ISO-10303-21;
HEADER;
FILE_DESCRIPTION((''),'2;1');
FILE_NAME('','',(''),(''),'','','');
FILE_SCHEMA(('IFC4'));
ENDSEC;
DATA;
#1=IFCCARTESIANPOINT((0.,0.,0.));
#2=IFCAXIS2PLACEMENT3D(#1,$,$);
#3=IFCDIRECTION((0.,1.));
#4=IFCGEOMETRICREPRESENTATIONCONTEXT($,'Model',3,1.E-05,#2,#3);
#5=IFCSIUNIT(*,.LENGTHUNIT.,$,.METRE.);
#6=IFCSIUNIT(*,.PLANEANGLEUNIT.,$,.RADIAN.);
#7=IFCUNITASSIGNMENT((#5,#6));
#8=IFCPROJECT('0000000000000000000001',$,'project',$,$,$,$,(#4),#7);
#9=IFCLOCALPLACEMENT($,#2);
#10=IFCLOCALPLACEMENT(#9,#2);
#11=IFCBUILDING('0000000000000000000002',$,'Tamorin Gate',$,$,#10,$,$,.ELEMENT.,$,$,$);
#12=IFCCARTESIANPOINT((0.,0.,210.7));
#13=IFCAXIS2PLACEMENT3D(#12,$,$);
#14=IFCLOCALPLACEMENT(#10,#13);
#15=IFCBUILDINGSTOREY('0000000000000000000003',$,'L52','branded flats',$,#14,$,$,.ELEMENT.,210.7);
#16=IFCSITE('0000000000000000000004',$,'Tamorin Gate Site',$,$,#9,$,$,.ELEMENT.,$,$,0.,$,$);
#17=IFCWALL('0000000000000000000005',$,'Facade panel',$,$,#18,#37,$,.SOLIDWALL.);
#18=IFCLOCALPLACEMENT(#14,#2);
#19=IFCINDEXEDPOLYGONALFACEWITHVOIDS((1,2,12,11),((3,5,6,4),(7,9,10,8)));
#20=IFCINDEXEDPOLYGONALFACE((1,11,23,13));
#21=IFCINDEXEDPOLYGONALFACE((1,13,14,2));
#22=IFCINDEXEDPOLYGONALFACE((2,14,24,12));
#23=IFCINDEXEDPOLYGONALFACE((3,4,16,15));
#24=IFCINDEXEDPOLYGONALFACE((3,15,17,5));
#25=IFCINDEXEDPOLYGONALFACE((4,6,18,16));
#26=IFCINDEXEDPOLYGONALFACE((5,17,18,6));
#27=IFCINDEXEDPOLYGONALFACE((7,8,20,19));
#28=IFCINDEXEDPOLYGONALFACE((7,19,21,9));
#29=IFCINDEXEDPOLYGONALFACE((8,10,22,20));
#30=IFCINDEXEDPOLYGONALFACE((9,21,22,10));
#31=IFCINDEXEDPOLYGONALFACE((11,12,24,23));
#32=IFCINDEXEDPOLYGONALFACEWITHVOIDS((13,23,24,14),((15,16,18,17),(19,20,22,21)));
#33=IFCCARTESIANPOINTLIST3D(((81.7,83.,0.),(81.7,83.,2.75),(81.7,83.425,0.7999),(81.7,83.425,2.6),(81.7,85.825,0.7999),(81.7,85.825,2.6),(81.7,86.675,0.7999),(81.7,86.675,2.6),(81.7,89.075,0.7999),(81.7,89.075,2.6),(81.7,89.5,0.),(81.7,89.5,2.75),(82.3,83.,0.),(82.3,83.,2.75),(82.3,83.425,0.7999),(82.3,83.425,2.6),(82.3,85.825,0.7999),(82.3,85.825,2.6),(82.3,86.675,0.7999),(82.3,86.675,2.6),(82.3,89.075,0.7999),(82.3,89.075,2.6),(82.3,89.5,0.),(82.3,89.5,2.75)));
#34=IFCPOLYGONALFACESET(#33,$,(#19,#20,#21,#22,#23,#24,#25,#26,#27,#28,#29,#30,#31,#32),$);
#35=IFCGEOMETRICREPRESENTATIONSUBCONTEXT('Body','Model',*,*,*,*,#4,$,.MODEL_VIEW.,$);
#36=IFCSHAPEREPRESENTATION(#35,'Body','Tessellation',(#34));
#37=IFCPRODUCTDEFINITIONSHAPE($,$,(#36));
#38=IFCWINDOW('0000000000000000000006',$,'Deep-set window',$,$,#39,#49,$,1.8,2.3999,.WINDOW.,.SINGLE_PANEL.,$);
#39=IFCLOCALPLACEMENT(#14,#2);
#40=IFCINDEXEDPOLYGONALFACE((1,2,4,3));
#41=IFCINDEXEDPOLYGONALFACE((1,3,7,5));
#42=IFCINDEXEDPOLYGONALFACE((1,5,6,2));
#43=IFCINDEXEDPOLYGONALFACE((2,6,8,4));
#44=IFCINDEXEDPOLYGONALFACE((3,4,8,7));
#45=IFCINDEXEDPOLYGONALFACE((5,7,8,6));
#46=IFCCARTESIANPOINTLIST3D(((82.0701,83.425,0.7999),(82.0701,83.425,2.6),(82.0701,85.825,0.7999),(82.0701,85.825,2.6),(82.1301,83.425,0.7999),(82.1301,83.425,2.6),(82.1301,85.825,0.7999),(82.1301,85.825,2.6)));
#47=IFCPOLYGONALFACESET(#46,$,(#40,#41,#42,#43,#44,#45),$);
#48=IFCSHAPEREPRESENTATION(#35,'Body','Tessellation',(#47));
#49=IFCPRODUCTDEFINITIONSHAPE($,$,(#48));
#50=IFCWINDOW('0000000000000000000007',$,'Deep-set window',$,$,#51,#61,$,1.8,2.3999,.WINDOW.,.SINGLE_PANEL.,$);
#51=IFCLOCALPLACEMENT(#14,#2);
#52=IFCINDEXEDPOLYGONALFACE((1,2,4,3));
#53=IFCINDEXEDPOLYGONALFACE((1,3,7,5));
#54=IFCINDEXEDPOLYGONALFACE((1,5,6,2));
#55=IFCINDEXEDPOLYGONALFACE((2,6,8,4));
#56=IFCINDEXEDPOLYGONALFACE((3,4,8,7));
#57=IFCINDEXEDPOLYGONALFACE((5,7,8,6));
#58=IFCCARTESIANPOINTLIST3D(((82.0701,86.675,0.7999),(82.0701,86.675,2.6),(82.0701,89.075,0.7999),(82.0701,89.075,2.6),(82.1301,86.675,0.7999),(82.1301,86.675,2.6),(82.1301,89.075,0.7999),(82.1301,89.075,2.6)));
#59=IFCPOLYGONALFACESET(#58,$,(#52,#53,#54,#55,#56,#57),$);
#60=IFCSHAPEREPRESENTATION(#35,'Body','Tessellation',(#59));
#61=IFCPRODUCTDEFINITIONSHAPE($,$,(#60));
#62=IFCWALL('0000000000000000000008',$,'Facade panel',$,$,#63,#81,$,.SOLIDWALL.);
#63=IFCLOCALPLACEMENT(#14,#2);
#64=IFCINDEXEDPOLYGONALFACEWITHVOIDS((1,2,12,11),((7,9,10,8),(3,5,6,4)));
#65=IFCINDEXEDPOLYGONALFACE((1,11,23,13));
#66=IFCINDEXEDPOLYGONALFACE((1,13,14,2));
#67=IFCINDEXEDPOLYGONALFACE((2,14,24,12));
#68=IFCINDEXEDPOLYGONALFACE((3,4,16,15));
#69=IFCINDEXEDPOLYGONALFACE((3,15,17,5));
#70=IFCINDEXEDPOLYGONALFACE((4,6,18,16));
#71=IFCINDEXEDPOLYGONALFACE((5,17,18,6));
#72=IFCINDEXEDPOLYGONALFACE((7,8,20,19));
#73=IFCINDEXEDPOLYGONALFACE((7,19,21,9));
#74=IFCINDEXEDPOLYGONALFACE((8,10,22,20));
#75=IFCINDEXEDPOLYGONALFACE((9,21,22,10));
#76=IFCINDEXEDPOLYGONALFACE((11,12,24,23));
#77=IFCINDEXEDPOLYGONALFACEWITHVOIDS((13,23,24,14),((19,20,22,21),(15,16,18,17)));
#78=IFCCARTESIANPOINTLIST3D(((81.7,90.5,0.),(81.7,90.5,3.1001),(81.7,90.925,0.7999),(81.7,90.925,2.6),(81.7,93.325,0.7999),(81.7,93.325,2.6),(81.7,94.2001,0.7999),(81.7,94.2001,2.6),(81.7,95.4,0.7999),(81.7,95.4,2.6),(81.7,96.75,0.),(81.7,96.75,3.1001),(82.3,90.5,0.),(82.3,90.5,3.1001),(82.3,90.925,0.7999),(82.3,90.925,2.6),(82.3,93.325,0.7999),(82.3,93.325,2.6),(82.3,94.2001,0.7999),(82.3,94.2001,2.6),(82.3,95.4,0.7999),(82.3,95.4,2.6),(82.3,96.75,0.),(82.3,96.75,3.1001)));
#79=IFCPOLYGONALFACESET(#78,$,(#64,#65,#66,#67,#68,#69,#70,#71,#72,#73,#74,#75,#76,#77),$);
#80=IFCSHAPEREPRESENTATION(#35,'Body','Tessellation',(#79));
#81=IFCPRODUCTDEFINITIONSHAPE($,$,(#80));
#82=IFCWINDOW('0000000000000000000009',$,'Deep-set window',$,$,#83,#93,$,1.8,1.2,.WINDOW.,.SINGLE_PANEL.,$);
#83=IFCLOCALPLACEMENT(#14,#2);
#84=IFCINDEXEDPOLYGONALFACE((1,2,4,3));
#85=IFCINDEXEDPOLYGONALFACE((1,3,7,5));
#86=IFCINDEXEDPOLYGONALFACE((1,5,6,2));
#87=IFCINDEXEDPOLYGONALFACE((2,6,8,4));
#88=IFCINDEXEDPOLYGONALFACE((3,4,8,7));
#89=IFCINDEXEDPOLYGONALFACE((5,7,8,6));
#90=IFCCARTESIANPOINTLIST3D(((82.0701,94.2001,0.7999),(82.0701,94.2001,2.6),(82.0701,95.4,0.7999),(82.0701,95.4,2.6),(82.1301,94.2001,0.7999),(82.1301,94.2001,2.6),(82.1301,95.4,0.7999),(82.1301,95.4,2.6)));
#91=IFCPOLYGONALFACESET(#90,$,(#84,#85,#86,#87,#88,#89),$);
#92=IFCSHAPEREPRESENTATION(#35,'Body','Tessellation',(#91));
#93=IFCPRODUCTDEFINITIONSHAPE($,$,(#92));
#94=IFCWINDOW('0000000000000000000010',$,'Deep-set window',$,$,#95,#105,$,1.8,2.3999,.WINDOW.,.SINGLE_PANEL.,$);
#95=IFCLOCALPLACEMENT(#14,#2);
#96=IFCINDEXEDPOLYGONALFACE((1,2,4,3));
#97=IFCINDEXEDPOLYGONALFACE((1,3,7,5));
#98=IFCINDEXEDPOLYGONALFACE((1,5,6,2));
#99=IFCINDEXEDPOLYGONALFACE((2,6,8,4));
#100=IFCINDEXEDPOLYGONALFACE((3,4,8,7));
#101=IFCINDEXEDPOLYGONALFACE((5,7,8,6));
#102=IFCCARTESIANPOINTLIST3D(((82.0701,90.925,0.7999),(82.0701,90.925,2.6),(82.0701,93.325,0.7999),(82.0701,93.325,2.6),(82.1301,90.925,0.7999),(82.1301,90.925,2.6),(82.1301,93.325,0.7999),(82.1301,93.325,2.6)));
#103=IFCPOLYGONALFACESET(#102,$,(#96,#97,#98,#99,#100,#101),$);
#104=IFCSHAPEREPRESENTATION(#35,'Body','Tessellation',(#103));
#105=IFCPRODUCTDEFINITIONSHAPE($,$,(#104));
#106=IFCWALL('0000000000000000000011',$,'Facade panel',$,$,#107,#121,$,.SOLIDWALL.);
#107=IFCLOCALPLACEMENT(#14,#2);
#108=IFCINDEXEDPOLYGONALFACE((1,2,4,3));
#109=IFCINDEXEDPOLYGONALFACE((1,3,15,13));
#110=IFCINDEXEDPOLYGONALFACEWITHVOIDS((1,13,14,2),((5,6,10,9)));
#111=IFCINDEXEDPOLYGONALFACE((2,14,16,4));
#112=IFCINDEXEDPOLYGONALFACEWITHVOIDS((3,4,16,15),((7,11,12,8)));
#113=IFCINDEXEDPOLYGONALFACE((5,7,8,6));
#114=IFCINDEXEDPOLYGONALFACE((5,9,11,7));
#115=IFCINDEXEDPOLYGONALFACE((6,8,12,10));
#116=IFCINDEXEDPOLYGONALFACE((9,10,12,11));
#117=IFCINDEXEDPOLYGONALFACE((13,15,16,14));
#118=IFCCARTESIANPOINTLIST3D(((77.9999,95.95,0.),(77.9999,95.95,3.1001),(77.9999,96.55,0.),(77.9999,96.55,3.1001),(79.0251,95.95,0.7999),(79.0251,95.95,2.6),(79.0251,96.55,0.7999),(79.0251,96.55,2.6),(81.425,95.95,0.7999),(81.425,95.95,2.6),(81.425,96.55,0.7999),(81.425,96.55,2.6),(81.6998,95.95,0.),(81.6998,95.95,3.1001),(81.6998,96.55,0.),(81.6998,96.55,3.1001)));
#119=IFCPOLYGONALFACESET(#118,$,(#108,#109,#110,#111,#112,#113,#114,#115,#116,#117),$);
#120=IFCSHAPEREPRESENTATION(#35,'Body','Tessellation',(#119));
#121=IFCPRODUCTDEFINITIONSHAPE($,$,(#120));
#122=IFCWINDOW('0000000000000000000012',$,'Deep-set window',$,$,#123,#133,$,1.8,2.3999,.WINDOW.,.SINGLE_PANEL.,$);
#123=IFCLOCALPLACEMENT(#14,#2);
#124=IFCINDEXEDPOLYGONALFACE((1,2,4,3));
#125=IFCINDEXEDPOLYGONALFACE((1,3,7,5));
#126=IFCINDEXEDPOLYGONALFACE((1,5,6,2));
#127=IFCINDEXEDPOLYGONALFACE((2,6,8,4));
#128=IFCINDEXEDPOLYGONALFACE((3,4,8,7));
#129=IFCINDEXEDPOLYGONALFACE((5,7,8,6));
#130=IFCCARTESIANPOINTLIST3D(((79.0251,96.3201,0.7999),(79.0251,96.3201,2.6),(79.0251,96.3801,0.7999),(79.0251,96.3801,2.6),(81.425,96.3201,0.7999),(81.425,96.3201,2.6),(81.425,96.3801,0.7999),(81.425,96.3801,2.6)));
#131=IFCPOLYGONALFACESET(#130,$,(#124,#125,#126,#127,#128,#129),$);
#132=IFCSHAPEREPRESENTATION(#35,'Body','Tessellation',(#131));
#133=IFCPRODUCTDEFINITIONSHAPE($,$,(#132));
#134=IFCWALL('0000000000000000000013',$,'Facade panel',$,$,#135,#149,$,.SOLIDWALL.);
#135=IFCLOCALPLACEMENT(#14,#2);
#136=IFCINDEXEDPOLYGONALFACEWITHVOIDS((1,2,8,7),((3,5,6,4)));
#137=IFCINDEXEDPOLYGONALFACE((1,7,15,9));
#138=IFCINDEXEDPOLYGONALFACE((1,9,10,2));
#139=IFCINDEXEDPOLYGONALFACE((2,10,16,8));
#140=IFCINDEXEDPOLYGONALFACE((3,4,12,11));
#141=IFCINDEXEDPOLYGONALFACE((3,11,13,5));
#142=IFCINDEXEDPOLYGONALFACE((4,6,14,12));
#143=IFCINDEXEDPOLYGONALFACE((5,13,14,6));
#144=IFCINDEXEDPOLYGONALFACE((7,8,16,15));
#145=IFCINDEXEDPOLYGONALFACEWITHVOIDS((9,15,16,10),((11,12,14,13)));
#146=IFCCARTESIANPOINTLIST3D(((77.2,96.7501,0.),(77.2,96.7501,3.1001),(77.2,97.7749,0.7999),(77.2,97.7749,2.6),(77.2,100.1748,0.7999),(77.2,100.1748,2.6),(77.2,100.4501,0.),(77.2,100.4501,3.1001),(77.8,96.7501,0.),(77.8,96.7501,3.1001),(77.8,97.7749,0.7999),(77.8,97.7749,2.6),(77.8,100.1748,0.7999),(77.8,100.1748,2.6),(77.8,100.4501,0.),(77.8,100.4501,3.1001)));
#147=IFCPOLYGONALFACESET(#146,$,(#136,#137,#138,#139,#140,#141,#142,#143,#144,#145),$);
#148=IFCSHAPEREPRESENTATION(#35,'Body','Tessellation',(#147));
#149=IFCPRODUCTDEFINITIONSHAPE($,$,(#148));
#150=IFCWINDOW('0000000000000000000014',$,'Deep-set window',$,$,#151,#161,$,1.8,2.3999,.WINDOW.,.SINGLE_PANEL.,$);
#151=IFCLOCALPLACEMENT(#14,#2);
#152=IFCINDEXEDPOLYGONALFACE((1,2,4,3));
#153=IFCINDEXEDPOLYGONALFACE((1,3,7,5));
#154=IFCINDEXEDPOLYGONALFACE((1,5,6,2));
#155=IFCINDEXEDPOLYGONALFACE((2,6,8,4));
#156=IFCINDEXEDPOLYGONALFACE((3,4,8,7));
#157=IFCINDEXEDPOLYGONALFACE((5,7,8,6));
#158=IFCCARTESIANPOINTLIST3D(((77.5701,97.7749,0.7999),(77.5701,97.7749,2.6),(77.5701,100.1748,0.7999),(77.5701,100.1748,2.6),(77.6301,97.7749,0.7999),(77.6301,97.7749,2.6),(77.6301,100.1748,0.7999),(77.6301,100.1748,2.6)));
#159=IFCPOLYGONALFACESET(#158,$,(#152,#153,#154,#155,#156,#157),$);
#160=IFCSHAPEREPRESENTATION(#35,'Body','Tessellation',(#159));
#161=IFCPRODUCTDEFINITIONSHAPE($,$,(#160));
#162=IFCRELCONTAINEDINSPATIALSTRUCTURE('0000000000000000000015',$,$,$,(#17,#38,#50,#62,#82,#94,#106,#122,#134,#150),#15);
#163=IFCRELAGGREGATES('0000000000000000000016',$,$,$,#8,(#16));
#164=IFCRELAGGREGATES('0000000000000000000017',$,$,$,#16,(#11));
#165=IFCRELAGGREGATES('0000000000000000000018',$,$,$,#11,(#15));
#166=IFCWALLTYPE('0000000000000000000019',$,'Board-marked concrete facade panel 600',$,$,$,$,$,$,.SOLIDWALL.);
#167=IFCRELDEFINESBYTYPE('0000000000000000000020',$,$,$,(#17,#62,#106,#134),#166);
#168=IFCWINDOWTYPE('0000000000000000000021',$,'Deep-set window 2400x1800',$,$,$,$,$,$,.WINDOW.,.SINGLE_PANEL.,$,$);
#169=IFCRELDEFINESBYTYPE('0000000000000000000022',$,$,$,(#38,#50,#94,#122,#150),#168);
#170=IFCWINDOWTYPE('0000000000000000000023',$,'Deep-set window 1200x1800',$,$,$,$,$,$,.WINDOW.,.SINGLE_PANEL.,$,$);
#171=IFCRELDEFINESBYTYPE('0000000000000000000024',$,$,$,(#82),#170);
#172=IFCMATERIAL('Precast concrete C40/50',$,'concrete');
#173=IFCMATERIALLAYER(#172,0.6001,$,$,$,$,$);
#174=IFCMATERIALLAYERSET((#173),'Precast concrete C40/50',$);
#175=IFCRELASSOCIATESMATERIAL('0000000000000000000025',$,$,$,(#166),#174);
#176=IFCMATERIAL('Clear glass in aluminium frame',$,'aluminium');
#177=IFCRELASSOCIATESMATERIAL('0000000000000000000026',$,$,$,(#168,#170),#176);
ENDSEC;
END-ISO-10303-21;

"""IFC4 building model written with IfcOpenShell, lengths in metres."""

from ifc_helpers import new_model, si_unit, direction, frame, frame_2d, origin, place, context, subcontext, project, spatial, rectangle, extrude, material, layer, layer_set, type_object, element, fill, save


model = new_model("IFC4")

# Units and contexts
model_context = context("Model", 3, precision=1e-05, world=origin(), true_north=direction((0.0, 1.0)))
body_context = subcontext(model_context, "Body", "Model", "MODEL_VIEW")
ifc_project = project(units=[si_unit("LENGTHUNIT", "METRE"), si_unit("PLANEANGLEUNIT", "RADIAN")], contexts=[model_context])

# Site, building, storey
site_placement = place(None, origin())
site = spatial("IfcSite", under=ifc_project, at=site_placement, Name="Tamorin Gate Site", CompositionType="ELEMENT", RefElevation=0.0)
building_placement = place(site_placement, origin())
building = spatial("IfcBuilding", under=site, at=building_placement, Name="Tamorin Gate", CompositionType="ELEMENT")
storey_placement = place(building_placement, frame((0.0, 0.0, 210.7)))
storey = spatial("IfcBuildingStorey", under=building, at=storey_placement, Name="L52", Description="branded flats", CompositionType="ELEMENT", Elevation=210.7)

# Walls, openings, windows
ifc_material_1 = material(Name="Precast concrete C40/50", Category="concrete")
ifc_layer = layer(ifc_material_1, 0.6001)
ifc_layer_set = layer_set([ifc_layer], Name="Precast concrete C40/50")
wall_type = type_object("IfcWallType", Name="Board-marked concrete facade panel 600", PredefinedType="SOLIDWALL", material=ifc_layer_set)
wall_1_placement = place(storey_placement, frame((82.0, 83.0, 0.0), z_axis=(0.0, 0.0, 1.0), x_axis=(0.0, 1.0, 0.0)))
wall_1 = element("IfcWall", 1, at=wall_1_placement, inside=storey, type_object=wall_type, Name="Facade panel", PredefinedType="SOLIDWALL", context=body_context, shape_type="SweptSolid", body=[
    extrude(rectangle(XDim=6.5, YDim=0.6001, at=frame_2d((3.25, 0.0))), origin(), (0.0, 0.0, 1.0), 2.75),
])
opening_1_placement = place(wall_1_placement, frame((0.425, 0.0, 0.8)))
opening_1 = element("IfcOpeningElement", 2, at=opening_1_placement, cuts=wall_1, PredefinedType="OPENING", context=body_context, shape_type="SweptSolid", body=[
    extrude(rectangle(XDim=2.3999, YDim=1.8, at=frame_2d((1.2, 0.8999))), frame((0.0, 0.3101, 0.0), z_axis=(0.0, -1.0, 0.0), x_axis=(1.0, 0.0, 0.0)), (0.0, 0.0, 1.0), 0.6201),
])
opening_2_placement = place(wall_1_placement, frame((3.675, 0.0, 0.8)))
opening_2 = element("IfcOpeningElement", 3, at=opening_2_placement, cuts=wall_1, PredefinedType="OPENING", context=body_context, shape_type="SweptSolid", body=[
    extrude(rectangle(XDim=2.3999, YDim=1.8, at=frame_2d((1.2, 0.8999))), frame((0.0, 0.3101, 0.0), z_axis=(0.0, -1.0, 0.0), x_axis=(1.0, 0.0, 0.0)), (0.0, 0.0, 1.0), 0.6201),
])
ifc_material_2 = material(Name="Clear glass in aluminium frame", Category="aluminium")
window_type_1 = type_object("IfcWindowType", Name="Deep-set window 2400x1800", PartitioningType="SINGLE_PANEL", PredefinedType="WINDOW", material=ifc_material_2)
window_1_placement = place(opening_1_placement, origin())
window_1 = element("IfcWindow", 4, at=window_1_placement, inside=storey, type_object=window_type_1, Name="Deep-set window", OverallHeight=1.8, OverallWidth=2.3999, PartitioningType="SINGLE_PANEL", PredefinedType="WINDOW", context=body_context, shape_type="SweptSolid", body=[
    extrude(rectangle(XDim=2.3999, YDim=1.8, at=frame_2d((1.2, 0.8999))), frame((0.0, -0.0701, 0.0), z_axis=(0.0, -1.0, 0.0), x_axis=(1.0, 0.0, 0.0)), (0.0, 0.0, 1.0), 0.0601),
])
fill(opening_1, window_1)
window_2_placement = place(opening_2_placement, origin())
window_2 = element("IfcWindow", 5, at=window_2_placement, inside=storey, type_object=window_type_1, Name="Deep-set window", OverallHeight=1.8, OverallWidth=2.3999, PartitioningType="SINGLE_PANEL", PredefinedType="WINDOW", context=body_context, shape_type="SweptSolid", body=[
    extrude(rectangle(XDim=2.3999, YDim=1.8, at=frame_2d((1.2, 0.8999))), frame((0.0, -0.0701, 0.0), z_axis=(0.0, -1.0, 0.0), x_axis=(1.0, 0.0, 0.0)), (0.0, 0.0, 1.0), 0.0601),
])
fill(opening_2, window_2)
wall_2_placement = place(storey_placement, frame((82.0, 90.5, 0.0), z_axis=(0.0, 0.0, 1.0), x_axis=(0.0, 1.0, 0.0)))
wall_2 = element("IfcWall", 6, at=wall_2_placement, inside=storey, type_object=wall_type, Name="Facade panel", PredefinedType="SOLIDWALL", context=body_context, shape_type="SweptSolid", body=[
    extrude(rectangle(XDim=6.25, YDim=0.6001, at=frame_2d((3.125, 0.0))), origin(), (0.0, 0.0, 1.0), 3.1001),
])
opening_3_placement = place(wall_2_placement, frame((0.425, 0.0, 0.8)))
opening_3 = element("IfcOpeningElement", 7, at=opening_3_placement, cuts=wall_2, PredefinedType="OPENING", context=body_context, shape_type="SweptSolid", body=[
    extrude(rectangle(XDim=2.3999, YDim=1.8, at=frame_2d((1.2, 0.8999))), frame((0.0, 0.3101, 0.0), z_axis=(0.0, -1.0, 0.0), x_axis=(1.0, 0.0, 0.0)), (0.0, 0.0, 1.0), 0.6201),
])
opening_4_placement = place(wall_2_placement, frame((3.7, 0.0, 0.8)))
opening_4 = element("IfcOpeningElement", 8, at=opening_4_placement, cuts=wall_2, PredefinedType="OPENING", context=body_context, shape_type="SweptSolid", body=[
    extrude(rectangle(XDim=1.2, YDim=1.8, at=frame_2d((0.6001, 0.8999))), frame((0.0, 0.3101, 0.0), z_axis=(0.0, -1.0, 0.0), x_axis=(1.0, 0.0, 0.0)), (0.0, 0.0, 1.0), 0.6201),
])
window_type_2 = type_object("IfcWindowType", Name="Deep-set window 1200x1800", PartitioningType="SINGLE_PANEL", PredefinedType="WINDOW", material=ifc_material_2)
window_3_placement = place(opening_4_placement, origin())
window_3 = element("IfcWindow", 9, at=window_3_placement, inside=storey, type_object=window_type_2, Name="Deep-set window", OverallHeight=1.8, OverallWidth=1.2, PartitioningType="SINGLE_PANEL", PredefinedType="WINDOW", context=body_context, shape_type="SweptSolid", body=[
    extrude(rectangle(XDim=1.2, YDim=1.8, at=frame_2d((0.6001, 0.8999))), frame((0.0, -0.0701, 0.0), z_axis=(0.0, -1.0, 0.0), x_axis=(1.0, 0.0, 0.0)), (0.0, 0.0, 1.0), 0.0601),
])
fill(opening_4, window_3)
window_4_placement = place(opening_3_placement, origin())
window_4 = element("IfcWindow", 10, at=window_4_placement, inside=storey, type_object=window_type_1, Name="Deep-set window", OverallHeight=1.8, OverallWidth=2.3999, PartitioningType="SINGLE_PANEL", PredefinedType="WINDOW", context=body_context, shape_type="SweptSolid", body=[
    extrude(rectangle(XDim=2.3999, YDim=1.8, at=frame_2d((1.2, 0.8999))), frame((0.0, -0.0701, 0.0), z_axis=(0.0, -1.0, 0.0), x_axis=(1.0, 0.0, 0.0)), (0.0, 0.0, 1.0), 0.0601),
])
fill(opening_3, window_4)

# Walls, openings, windows
wall_3_placement = place(storey_placement, frame((81.7, 96.25, 0.0), z_axis=(0.0, 0.0, 1.0), x_axis=(-1.0, 0.0, 0.0)))
wall_3 = element("IfcWall", 11, at=wall_3_placement, inside=storey, type_object=wall_type, Name="Facade panel", PredefinedType="SOLIDWALL", context=body_context, shape_type="SweptSolid", body=[
    extrude(rectangle(XDim=3.7, YDim=0.6001, at=frame_2d((1.8501, 0.0))), origin(), (0.0, 0.0, 1.0), 3.1001),
])
opening_5_placement = place(wall_3_placement, frame((0.2749, 0.0, 0.8)))
opening_5 = element("IfcOpeningElement", 12, at=opening_5_placement, cuts=wall_3, PredefinedType="OPENING", context=body_context, shape_type="SweptSolid", body=[
    extrude(rectangle(XDim=2.3999, YDim=1.8, at=frame_2d((1.2, 0.8999))), frame((0.0, 0.3101, 0.0), z_axis=(0.0, -1.0, 0.0), x_axis=(1.0, 0.0, 0.0)), (0.0, 0.0, 1.0), 0.6201),
])
window_5_placement = place(opening_5_placement, origin())
window_5 = element("IfcWindow", 13, at=window_5_placement, inside=storey, type_object=window_type_1, Name="Deep-set window", OverallHeight=1.8, OverallWidth=2.3999, PartitioningType="SINGLE_PANEL", PredefinedType="WINDOW", context=body_context, shape_type="SweptSolid", body=[
    extrude(rectangle(XDim=2.3999, YDim=1.8, at=frame_2d((1.2, 0.8999))), frame((0.0, -0.0701, 0.0), z_axis=(0.0, -1.0, 0.0), x_axis=(1.0, 0.0, 0.0)), (0.0, 0.0, 1.0), 0.0601),
])
fill(opening_5, window_5)
wall_4_placement = place(storey_placement, frame((77.5, 96.75, 0.0), z_axis=(0.0, 0.0, 1.0), x_axis=(0.0, 1.0, 0.0)))
wall_4 = element("IfcWall", 14, at=wall_4_placement, inside=storey, type_object=wall_type, Name="Facade panel", PredefinedType="SOLIDWALL", context=body_context, shape_type="SweptSolid", body=[
    extrude(rectangle(XDim=3.7, YDim=0.6001, at=frame_2d((1.8501, 0.0))), origin(), (0.0, 0.0, 1.0), 3.1001),
])
opening_6_placement = place(wall_4_placement, frame((1.0249, 0.0, 0.8)))
opening_6 = element("IfcOpeningElement", 15, at=opening_6_placement, cuts=wall_4, PredefinedType="OPENING", context=body_context, shape_type="SweptSolid", body=[
    extrude(rectangle(XDim=2.3999, YDim=1.8, at=frame_2d((1.2, 0.8999))), frame((0.0, 0.3101, 0.0), z_axis=(0.0, -1.0, 0.0), x_axis=(1.0, 0.0, 0.0)), (0.0, 0.0, 1.0), 0.6201),
])
window_6_placement = place(opening_6_placement, origin())
window_6 = element("IfcWindow", 16, at=window_6_placement, inside=storey, type_object=window_type_1, Name="Deep-set window", OverallHeight=1.8, OverallWidth=2.3999, PartitioningType="SINGLE_PANEL", PredefinedType="WINDOW", context=body_context, shape_type="SweptSolid", body=[
    extrude(rectangle(XDim=2.3999, YDim=1.8, at=frame_2d((1.2, 0.8999))), frame((0.0, -0.0701, 0.0), z_axis=(0.0, -1.0, 0.0), x_axis=(1.0, 0.0, 0.0)), (0.0, 0.0, 1.0), 0.0601),
])
fill(opening_6, window_6)

save(model, "model.ifc")
